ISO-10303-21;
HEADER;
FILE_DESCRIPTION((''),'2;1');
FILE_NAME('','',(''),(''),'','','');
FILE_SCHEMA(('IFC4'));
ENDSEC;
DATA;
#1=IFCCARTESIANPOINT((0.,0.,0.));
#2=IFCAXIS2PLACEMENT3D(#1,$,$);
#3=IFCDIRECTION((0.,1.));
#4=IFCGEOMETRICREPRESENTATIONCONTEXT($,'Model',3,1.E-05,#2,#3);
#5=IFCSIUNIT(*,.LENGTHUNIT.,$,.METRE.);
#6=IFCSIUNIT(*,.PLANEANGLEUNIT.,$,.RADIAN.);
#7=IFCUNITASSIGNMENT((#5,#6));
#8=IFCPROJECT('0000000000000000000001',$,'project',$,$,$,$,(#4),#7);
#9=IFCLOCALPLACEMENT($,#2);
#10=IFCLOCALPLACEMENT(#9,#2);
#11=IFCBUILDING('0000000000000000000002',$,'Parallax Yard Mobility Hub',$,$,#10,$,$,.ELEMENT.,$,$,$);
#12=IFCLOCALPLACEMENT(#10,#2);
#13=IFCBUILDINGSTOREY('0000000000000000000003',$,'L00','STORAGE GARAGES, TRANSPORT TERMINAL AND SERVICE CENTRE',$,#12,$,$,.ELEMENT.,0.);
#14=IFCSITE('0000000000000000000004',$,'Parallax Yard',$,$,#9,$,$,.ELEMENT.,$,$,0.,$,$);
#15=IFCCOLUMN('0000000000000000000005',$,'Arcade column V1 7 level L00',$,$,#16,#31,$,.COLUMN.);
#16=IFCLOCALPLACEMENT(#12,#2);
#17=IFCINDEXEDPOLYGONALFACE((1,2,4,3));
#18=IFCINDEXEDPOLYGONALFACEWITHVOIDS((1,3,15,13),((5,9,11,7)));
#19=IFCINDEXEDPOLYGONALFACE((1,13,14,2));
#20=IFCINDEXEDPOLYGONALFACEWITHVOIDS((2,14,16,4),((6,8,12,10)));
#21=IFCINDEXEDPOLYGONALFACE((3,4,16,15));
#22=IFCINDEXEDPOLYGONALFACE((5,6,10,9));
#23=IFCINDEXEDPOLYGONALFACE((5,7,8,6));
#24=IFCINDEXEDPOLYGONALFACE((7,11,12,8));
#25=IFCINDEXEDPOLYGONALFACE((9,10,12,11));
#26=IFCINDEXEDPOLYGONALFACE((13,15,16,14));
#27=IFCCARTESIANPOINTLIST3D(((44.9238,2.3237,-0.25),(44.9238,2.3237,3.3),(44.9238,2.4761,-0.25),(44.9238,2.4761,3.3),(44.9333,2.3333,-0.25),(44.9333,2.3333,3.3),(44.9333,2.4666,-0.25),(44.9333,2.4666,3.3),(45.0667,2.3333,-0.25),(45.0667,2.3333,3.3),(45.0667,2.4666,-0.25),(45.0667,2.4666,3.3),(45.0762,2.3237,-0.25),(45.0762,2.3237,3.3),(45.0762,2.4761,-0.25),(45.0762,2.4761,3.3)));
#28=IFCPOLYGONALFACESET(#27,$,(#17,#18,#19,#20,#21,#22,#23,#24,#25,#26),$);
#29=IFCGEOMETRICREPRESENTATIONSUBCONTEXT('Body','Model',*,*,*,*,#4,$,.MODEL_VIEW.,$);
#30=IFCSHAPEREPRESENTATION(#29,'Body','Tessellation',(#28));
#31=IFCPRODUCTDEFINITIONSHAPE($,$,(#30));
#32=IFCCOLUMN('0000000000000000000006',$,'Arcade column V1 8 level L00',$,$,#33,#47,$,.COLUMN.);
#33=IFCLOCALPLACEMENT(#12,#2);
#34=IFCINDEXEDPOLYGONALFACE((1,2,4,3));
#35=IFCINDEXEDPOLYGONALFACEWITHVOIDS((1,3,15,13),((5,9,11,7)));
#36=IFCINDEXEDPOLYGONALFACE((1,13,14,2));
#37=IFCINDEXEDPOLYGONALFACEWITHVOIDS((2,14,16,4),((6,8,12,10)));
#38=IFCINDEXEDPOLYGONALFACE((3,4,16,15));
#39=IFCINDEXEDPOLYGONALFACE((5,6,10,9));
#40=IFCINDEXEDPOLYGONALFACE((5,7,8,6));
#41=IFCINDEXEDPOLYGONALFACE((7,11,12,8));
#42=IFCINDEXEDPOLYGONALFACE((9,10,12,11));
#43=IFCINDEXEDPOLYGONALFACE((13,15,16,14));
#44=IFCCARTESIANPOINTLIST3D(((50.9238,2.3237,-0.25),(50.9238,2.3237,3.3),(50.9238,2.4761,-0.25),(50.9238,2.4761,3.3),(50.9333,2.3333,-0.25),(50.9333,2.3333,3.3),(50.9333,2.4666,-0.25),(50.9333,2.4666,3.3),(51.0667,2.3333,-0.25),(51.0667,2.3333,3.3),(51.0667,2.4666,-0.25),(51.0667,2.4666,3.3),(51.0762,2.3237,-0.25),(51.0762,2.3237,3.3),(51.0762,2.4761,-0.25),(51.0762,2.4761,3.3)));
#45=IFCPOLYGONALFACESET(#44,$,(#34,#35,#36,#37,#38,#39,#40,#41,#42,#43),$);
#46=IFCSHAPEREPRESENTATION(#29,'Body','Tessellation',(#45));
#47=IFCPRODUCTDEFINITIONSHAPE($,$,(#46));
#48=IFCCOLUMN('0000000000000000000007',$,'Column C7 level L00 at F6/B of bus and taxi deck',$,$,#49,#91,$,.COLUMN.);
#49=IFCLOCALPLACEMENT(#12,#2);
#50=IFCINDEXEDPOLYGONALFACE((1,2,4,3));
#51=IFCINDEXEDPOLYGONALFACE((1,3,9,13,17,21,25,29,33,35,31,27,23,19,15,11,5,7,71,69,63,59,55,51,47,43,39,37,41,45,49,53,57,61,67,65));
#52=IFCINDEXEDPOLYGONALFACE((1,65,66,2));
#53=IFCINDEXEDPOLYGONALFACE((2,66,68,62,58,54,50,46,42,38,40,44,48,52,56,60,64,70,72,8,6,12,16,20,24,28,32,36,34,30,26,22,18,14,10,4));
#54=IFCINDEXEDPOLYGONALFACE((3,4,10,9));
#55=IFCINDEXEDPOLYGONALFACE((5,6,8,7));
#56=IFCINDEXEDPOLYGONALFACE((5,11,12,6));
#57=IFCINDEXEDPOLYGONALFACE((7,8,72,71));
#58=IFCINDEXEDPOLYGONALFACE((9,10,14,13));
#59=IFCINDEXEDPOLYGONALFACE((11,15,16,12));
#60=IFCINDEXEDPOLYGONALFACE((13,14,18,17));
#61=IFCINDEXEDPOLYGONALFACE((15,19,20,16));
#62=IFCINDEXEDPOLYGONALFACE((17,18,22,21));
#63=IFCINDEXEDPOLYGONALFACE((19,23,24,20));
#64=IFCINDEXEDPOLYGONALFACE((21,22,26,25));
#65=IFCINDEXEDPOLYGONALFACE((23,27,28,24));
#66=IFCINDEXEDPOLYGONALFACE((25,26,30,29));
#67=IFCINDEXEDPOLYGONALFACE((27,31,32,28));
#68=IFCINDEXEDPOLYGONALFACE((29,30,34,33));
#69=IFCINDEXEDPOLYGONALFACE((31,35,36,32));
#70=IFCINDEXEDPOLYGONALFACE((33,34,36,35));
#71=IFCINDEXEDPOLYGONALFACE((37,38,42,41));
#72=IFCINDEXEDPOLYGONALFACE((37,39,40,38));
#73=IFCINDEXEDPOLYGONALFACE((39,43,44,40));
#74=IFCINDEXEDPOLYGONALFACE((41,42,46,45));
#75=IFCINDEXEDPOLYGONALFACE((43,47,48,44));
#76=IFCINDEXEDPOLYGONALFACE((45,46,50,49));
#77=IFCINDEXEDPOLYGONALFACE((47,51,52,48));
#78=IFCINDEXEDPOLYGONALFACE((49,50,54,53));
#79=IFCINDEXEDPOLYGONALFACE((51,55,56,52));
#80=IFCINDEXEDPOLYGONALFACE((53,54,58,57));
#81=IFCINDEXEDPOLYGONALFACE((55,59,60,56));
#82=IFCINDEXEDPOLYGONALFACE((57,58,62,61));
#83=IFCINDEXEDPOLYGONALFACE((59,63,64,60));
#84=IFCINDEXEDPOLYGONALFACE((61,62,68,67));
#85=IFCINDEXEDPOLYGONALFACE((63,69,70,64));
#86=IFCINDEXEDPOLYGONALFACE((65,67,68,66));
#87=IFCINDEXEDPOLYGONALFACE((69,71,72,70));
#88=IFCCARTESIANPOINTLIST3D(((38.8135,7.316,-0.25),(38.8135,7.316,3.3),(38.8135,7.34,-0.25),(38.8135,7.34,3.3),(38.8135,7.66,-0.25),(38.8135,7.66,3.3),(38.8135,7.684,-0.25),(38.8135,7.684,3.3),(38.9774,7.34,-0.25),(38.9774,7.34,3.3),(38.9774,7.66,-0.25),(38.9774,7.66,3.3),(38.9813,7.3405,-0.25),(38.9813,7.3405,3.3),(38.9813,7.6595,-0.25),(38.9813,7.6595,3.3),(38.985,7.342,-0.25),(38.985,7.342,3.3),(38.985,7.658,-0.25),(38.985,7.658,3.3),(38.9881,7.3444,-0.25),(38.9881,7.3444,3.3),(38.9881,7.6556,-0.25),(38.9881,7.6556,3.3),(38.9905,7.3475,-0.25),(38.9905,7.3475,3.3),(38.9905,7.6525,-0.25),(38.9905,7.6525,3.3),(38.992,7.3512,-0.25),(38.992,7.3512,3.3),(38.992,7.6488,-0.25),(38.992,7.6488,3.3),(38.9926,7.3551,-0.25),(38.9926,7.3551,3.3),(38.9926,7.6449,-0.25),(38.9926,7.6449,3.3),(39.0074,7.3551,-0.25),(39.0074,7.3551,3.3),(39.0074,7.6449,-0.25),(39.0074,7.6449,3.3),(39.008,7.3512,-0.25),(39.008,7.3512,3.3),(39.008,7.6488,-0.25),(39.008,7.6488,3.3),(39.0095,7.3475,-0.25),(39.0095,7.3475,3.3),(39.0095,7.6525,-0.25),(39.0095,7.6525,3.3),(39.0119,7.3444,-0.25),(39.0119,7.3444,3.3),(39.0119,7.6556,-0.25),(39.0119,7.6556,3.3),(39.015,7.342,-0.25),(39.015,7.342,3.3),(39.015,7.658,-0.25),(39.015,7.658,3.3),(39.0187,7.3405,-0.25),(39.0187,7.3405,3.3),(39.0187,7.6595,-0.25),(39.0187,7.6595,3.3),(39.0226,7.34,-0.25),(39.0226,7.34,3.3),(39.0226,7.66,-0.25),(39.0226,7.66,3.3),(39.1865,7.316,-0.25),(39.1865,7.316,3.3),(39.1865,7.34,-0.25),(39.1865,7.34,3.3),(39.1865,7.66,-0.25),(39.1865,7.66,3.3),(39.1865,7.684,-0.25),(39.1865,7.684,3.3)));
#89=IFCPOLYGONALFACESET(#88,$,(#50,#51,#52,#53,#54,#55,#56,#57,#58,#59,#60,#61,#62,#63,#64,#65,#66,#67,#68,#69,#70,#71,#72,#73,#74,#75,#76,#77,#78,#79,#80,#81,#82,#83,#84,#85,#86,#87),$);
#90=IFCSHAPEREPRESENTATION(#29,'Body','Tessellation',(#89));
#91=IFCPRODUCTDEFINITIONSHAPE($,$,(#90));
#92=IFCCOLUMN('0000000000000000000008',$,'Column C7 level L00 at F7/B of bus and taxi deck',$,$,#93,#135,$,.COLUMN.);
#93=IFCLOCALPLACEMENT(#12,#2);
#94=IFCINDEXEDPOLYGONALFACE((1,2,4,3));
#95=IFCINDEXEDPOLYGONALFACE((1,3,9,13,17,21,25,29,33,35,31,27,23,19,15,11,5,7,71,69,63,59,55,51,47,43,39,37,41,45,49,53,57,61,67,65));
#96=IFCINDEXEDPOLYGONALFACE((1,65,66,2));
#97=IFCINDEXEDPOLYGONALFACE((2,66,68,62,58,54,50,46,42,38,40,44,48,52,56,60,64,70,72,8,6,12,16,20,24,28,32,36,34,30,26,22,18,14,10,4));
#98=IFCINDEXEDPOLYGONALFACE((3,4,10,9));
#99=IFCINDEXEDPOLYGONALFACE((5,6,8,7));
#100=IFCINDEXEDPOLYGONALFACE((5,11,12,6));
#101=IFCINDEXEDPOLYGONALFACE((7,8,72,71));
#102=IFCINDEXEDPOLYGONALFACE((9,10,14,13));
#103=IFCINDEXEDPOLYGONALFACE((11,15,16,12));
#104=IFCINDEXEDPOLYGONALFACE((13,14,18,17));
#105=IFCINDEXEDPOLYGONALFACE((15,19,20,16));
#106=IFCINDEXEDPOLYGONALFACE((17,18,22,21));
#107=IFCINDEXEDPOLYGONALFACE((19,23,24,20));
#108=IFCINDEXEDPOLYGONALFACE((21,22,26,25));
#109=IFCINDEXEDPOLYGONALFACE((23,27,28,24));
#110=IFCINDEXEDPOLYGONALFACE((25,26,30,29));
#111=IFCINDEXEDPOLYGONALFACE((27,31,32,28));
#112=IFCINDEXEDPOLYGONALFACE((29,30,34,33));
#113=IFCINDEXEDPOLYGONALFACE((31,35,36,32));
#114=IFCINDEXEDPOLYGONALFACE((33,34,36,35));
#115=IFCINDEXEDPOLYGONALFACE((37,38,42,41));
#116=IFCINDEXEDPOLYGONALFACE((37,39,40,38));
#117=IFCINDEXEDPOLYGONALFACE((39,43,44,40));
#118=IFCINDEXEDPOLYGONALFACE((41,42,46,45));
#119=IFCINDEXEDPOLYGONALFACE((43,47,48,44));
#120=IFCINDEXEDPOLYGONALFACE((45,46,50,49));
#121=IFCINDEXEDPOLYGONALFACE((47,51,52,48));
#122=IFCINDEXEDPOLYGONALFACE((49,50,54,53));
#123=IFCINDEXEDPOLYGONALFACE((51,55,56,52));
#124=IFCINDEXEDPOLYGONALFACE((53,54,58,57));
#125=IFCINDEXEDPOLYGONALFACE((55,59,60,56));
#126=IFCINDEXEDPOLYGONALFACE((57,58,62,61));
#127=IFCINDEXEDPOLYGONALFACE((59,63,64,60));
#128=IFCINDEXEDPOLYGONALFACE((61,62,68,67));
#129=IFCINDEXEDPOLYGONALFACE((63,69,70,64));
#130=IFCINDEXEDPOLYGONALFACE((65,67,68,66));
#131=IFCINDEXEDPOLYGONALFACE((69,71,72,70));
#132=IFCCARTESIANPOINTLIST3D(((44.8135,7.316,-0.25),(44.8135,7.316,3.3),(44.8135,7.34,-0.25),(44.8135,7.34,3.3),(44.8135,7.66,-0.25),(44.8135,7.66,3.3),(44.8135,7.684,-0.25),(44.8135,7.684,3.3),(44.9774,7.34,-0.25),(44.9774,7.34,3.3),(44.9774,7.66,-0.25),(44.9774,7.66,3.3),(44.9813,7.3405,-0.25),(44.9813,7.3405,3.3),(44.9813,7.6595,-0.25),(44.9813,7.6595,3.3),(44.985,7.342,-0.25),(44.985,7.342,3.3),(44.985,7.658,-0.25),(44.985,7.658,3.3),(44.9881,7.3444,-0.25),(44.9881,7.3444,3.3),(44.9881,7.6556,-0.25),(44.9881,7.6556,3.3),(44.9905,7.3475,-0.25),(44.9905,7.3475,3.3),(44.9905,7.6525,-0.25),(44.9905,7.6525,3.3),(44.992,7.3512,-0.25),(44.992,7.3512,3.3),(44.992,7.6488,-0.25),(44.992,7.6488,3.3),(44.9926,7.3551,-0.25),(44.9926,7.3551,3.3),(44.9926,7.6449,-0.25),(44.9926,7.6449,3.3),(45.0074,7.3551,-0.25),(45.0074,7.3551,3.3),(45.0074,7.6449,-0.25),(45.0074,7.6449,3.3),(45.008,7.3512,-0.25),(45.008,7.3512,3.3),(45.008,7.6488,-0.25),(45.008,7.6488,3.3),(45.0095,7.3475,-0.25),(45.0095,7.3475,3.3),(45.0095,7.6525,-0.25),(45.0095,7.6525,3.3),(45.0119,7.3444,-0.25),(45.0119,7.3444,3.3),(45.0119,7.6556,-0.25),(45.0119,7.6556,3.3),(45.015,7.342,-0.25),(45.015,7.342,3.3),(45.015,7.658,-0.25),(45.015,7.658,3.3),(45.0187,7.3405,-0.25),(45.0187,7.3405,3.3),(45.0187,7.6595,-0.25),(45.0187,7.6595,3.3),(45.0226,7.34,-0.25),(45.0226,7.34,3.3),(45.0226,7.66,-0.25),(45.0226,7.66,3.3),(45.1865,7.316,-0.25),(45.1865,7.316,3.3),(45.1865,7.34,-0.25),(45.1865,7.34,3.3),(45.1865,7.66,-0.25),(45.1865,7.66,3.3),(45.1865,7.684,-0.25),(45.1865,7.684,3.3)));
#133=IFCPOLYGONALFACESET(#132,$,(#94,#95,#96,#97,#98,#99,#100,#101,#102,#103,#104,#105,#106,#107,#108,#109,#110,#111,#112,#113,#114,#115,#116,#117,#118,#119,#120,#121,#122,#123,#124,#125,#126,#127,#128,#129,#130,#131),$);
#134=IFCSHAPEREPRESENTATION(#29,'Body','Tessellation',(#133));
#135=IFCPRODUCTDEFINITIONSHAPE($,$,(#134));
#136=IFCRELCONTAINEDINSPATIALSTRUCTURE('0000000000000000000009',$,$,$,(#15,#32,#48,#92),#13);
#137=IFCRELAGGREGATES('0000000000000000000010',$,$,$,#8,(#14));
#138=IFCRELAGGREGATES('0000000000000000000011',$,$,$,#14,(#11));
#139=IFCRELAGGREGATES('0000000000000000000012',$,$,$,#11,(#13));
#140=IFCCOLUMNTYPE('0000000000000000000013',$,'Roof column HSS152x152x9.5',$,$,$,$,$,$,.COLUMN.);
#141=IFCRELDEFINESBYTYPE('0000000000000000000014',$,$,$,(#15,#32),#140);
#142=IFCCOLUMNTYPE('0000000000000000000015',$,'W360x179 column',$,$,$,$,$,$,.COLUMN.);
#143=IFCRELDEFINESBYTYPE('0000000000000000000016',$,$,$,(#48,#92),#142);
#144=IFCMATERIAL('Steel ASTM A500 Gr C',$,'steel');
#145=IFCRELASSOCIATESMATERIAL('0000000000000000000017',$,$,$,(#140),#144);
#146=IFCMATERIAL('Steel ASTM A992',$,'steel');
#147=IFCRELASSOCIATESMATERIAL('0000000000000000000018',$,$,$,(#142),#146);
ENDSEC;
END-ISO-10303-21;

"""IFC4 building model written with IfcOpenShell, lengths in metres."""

from ifc_helpers import new_model, si_unit, direction, frame, origin, origin_2d, place, context, subcontext, project, spatial, hollow_rectangle, i_section, extrude, material, material_profile, profile_set, type_object, element, save


model = new_model("IFC4")

# Units and contexts
model_context = context("Model", 3, precision=1e-05, world=origin(), true_north=direction((0.0, 1.0)))
body_context = subcontext(model_context, "Body", "Model", "MODEL_VIEW")
ifc_project = project(units=[si_unit("LENGTHUNIT", "METRE"), si_unit("PLANEANGLEUNIT", "RADIAN")], contexts=[model_context])

# Site, building, storey
site_placement = place(None, origin())
site = spatial("IfcSite", under=ifc_project, at=site_placement, Name="Parallax Yard", CompositionType="ELEMENT", RefElevation=0.0)
building_placement = place(site_placement, origin())
building = spatial("IfcBuilding", under=site, at=building_placement, Name="Parallax Yard Mobility Hub", CompositionType="ELEMENT")
storey_placement = place(building_placement, origin())
storey = spatial("IfcBuildingStorey", under=building, at=storey_placement, Name="L00", Description="STORAGE GARAGES, TRANSPORT TERMINAL AND SERVICE CENTRE", CompositionType="ELEMENT", Elevation=0.0)

# Columns
ifc_material_1 = material(Name="Steel ASTM A500 Gr C", Category="steel")
ifc_material_profile_1 = material_profile(ifc_material_1, hollow_rectangle(XDim=0.1523, YDim=0.1523, WallThickness=0.0095, at=origin_2d()), Name="HSS152x152x9.5")
ifc_profile_set_1 = profile_set([ifc_material_profile_1], Name="Steel ASTM A500 Gr C")
column_type_1 = type_object("IfcColumnType", Name="Roof column HSS152x152x9.5", PredefinedType="COLUMN", material=ifc_profile_set_1)
for number, where, z_axis, x_axis, name in (
    (1, (45.0, 2.3999, -0.25), (0.0, 0.0, 1.0), (1.0, 0.0, 0.0), "Arcade column V1 7 level L00"),
    (2, (51.0, 2.3999, -0.25), (0.0, 0.0, 1.0), (1.0, 0.0, 0.0), "Arcade column V1 8 level L00"),
):
    element("IfcColumn", number, at=place(storey_placement, frame(where, z_axis=z_axis, x_axis=x_axis)), inside=storey, type_object=column_type_1, Name=name, PredefinedType="COLUMN", context=body_context, shape_type="SweptSolid", body=[
        extrude(hollow_rectangle(XDim=0.1523, YDim=0.1523, WallThickness=0.0095, at=origin_2d()), origin(), (0.0, 0.0, 1.0), 3.55),
    ])
ifc_material_2 = material(Name="Steel ASTM A992", Category="steel")
ifc_material_profile_2 = material_profile(ifc_material_2, i_section(OverallWidth=0.373, OverallDepth=0.3679, WebThickness=0.0149, FlangeThickness=0.0239, FilletRadius=0.0151, at=origin_2d()), Name="W360x179")
ifc_profile_set_2 = profile_set([ifc_material_profile_2], Name="Steel ASTM A992")
column_type_2 = type_object("IfcColumnType", Name="W360x179 column", PredefinedType="COLUMN", material=ifc_profile_set_2)
for number, where, z_axis, x_axis, name in (
    (3, (39.0, 7.5, -0.25), (0.0, 0.0, 1.0), (1.0, 0.0, 0.0), "Column C7 level L00 at F6/B of bus and taxi deck"),
    (4, (45.0, 7.5, -0.25), (0.0, 0.0, 1.0), (1.0, 0.0, 0.0), "Column C7 level L00 at F7/B of bus and taxi deck"),
):
    element("IfcColumn", number, at=place(storey_placement, frame(where, z_axis=z_axis, x_axis=x_axis)), inside=storey, type_object=column_type_2, Name=name, PredefinedType="COLUMN", context=body_context, shape_type="SweptSolid", body=[
        extrude(i_section(OverallWidth=0.373, OverallDepth=0.3679, WebThickness=0.0149, FlangeThickness=0.0239, FilletRadius=0.0151, at=origin_2d()), origin(), (0.0, 0.0, 1.0), 3.55),
    ])

save(model, "model.ifc")
